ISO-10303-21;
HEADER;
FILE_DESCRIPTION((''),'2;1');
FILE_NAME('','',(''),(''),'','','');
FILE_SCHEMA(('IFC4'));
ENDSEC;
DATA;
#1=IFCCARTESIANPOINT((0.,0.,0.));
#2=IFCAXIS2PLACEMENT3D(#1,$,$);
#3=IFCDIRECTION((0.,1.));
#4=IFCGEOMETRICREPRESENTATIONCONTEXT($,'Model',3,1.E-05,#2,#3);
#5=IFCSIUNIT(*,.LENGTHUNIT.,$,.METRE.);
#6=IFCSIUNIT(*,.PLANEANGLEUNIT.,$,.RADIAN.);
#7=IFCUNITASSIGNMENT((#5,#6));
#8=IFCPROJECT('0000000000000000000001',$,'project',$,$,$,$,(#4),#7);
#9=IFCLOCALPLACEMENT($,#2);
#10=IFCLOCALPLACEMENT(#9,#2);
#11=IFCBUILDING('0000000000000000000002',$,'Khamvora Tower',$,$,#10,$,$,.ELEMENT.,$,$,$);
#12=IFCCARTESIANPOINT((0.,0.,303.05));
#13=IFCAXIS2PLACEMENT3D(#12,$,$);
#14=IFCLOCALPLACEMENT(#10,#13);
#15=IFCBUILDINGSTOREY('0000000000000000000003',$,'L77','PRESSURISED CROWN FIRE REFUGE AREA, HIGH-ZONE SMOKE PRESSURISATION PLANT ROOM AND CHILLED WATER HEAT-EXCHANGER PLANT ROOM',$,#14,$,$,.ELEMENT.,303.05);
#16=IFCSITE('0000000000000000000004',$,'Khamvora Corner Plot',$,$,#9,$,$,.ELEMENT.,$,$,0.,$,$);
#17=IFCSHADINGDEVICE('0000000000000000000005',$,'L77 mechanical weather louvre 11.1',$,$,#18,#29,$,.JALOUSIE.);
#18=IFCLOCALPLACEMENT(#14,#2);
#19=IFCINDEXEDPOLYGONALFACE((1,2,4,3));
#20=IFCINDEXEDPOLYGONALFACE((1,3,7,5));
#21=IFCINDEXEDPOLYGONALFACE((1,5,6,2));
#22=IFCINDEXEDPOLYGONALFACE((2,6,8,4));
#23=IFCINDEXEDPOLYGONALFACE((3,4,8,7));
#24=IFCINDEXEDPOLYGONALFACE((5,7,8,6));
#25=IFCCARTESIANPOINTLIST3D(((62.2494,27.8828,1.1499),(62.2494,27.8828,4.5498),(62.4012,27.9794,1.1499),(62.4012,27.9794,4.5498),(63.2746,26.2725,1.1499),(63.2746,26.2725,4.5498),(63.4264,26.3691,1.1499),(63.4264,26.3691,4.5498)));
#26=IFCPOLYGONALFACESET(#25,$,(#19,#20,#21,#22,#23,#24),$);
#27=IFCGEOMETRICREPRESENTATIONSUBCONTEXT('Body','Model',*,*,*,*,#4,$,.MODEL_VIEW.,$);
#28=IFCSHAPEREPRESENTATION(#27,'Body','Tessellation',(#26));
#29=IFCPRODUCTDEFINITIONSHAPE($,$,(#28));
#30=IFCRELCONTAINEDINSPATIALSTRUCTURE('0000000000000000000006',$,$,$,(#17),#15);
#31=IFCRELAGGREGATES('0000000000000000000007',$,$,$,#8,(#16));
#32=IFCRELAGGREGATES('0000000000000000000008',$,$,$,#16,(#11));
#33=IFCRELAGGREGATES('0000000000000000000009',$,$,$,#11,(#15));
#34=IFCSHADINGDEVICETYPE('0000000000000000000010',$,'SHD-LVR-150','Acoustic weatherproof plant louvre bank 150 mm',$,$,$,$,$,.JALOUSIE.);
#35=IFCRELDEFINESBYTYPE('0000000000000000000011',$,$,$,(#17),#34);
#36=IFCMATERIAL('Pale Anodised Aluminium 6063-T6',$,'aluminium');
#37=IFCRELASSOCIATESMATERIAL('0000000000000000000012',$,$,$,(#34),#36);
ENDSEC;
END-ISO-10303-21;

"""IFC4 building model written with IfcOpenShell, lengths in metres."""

from ifc_helpers import new_model, si_unit, direction, frame, origin, origin_2d, place, context, subcontext, project, spatial, rectangle, extrude, material, type_object, element, save


model = new_model("IFC4")

# Units and contexts
model_context = context("Model", 3, precision=1e-05, world=origin(), true_north=direction((0.0, 1.0)))
body_context = subcontext(model_context, "Body", "Model", "MODEL_VIEW")
ifc_project = project(units=[si_unit("LENGTHUNIT", "METRE"), si_unit("PLANEANGLEUNIT", "RADIAN")], contexts=[model_context])

# Site, building, storey
site_placement = place(None, origin())
site = spatial("IfcSite", under=ifc_project, at=site_placement, Name="Khamvora Corner Plot", CompositionType="ELEMENT", RefElevation=0.0)
building_placement = place(site_placement, origin())
building = spatial("IfcBuilding", under=site, at=building_placement, Name="Khamvora Tower", CompositionType="ELEMENT")
storey_placement = place(building_placement, frame((0.0, 0.0, 303.05)))
storey = spatial("IfcBuildingStorey", under=building, at=storey_placement, Name="L77", Description="PRESSURISED CROWN FIRE REFUGE AREA, HIGH-ZONE SMOKE PRESSURISATION PLANT ROOM AND CHILLED WATER HEAT-EXCHANGER PLANT ROOM", CompositionType="ELEMENT", Elevation=303.05)

# Shading device
ifc_material_1 = material(Name="Pale Anodised Aluminium 6063-T6", Category="aluminium")
shading_device_type = type_object("IfcShadingDeviceType", Name="SHD-LVR-150", Description="Acoustic weatherproof plant louvre bank 150 mm", PredefinedType="JALOUSIE", material=ifc_material_1)
shading_device_1_placement = place(storey_placement, frame((62.8379, 27.126, 1.1499), z_axis=(0.0, 0.0, 1.0), x_axis=(0.537022, -0.843568, 0.0)))
element("IfcShadingDevice", 1, at=shading_device_1_placement, inside=storey, type_object=shading_device_type, Name="L77 mechanical weather louvre 11.1", PredefinedType="JALOUSIE", context=body_context, shape_type="SweptSolid", body=[
    extrude(rectangle(XDim=1.9089, YDim=0.1799, at=origin_2d()), origin(), (0.0, 0.0, 1.0), 3.3999),
])

save(model, "model.ifc")
